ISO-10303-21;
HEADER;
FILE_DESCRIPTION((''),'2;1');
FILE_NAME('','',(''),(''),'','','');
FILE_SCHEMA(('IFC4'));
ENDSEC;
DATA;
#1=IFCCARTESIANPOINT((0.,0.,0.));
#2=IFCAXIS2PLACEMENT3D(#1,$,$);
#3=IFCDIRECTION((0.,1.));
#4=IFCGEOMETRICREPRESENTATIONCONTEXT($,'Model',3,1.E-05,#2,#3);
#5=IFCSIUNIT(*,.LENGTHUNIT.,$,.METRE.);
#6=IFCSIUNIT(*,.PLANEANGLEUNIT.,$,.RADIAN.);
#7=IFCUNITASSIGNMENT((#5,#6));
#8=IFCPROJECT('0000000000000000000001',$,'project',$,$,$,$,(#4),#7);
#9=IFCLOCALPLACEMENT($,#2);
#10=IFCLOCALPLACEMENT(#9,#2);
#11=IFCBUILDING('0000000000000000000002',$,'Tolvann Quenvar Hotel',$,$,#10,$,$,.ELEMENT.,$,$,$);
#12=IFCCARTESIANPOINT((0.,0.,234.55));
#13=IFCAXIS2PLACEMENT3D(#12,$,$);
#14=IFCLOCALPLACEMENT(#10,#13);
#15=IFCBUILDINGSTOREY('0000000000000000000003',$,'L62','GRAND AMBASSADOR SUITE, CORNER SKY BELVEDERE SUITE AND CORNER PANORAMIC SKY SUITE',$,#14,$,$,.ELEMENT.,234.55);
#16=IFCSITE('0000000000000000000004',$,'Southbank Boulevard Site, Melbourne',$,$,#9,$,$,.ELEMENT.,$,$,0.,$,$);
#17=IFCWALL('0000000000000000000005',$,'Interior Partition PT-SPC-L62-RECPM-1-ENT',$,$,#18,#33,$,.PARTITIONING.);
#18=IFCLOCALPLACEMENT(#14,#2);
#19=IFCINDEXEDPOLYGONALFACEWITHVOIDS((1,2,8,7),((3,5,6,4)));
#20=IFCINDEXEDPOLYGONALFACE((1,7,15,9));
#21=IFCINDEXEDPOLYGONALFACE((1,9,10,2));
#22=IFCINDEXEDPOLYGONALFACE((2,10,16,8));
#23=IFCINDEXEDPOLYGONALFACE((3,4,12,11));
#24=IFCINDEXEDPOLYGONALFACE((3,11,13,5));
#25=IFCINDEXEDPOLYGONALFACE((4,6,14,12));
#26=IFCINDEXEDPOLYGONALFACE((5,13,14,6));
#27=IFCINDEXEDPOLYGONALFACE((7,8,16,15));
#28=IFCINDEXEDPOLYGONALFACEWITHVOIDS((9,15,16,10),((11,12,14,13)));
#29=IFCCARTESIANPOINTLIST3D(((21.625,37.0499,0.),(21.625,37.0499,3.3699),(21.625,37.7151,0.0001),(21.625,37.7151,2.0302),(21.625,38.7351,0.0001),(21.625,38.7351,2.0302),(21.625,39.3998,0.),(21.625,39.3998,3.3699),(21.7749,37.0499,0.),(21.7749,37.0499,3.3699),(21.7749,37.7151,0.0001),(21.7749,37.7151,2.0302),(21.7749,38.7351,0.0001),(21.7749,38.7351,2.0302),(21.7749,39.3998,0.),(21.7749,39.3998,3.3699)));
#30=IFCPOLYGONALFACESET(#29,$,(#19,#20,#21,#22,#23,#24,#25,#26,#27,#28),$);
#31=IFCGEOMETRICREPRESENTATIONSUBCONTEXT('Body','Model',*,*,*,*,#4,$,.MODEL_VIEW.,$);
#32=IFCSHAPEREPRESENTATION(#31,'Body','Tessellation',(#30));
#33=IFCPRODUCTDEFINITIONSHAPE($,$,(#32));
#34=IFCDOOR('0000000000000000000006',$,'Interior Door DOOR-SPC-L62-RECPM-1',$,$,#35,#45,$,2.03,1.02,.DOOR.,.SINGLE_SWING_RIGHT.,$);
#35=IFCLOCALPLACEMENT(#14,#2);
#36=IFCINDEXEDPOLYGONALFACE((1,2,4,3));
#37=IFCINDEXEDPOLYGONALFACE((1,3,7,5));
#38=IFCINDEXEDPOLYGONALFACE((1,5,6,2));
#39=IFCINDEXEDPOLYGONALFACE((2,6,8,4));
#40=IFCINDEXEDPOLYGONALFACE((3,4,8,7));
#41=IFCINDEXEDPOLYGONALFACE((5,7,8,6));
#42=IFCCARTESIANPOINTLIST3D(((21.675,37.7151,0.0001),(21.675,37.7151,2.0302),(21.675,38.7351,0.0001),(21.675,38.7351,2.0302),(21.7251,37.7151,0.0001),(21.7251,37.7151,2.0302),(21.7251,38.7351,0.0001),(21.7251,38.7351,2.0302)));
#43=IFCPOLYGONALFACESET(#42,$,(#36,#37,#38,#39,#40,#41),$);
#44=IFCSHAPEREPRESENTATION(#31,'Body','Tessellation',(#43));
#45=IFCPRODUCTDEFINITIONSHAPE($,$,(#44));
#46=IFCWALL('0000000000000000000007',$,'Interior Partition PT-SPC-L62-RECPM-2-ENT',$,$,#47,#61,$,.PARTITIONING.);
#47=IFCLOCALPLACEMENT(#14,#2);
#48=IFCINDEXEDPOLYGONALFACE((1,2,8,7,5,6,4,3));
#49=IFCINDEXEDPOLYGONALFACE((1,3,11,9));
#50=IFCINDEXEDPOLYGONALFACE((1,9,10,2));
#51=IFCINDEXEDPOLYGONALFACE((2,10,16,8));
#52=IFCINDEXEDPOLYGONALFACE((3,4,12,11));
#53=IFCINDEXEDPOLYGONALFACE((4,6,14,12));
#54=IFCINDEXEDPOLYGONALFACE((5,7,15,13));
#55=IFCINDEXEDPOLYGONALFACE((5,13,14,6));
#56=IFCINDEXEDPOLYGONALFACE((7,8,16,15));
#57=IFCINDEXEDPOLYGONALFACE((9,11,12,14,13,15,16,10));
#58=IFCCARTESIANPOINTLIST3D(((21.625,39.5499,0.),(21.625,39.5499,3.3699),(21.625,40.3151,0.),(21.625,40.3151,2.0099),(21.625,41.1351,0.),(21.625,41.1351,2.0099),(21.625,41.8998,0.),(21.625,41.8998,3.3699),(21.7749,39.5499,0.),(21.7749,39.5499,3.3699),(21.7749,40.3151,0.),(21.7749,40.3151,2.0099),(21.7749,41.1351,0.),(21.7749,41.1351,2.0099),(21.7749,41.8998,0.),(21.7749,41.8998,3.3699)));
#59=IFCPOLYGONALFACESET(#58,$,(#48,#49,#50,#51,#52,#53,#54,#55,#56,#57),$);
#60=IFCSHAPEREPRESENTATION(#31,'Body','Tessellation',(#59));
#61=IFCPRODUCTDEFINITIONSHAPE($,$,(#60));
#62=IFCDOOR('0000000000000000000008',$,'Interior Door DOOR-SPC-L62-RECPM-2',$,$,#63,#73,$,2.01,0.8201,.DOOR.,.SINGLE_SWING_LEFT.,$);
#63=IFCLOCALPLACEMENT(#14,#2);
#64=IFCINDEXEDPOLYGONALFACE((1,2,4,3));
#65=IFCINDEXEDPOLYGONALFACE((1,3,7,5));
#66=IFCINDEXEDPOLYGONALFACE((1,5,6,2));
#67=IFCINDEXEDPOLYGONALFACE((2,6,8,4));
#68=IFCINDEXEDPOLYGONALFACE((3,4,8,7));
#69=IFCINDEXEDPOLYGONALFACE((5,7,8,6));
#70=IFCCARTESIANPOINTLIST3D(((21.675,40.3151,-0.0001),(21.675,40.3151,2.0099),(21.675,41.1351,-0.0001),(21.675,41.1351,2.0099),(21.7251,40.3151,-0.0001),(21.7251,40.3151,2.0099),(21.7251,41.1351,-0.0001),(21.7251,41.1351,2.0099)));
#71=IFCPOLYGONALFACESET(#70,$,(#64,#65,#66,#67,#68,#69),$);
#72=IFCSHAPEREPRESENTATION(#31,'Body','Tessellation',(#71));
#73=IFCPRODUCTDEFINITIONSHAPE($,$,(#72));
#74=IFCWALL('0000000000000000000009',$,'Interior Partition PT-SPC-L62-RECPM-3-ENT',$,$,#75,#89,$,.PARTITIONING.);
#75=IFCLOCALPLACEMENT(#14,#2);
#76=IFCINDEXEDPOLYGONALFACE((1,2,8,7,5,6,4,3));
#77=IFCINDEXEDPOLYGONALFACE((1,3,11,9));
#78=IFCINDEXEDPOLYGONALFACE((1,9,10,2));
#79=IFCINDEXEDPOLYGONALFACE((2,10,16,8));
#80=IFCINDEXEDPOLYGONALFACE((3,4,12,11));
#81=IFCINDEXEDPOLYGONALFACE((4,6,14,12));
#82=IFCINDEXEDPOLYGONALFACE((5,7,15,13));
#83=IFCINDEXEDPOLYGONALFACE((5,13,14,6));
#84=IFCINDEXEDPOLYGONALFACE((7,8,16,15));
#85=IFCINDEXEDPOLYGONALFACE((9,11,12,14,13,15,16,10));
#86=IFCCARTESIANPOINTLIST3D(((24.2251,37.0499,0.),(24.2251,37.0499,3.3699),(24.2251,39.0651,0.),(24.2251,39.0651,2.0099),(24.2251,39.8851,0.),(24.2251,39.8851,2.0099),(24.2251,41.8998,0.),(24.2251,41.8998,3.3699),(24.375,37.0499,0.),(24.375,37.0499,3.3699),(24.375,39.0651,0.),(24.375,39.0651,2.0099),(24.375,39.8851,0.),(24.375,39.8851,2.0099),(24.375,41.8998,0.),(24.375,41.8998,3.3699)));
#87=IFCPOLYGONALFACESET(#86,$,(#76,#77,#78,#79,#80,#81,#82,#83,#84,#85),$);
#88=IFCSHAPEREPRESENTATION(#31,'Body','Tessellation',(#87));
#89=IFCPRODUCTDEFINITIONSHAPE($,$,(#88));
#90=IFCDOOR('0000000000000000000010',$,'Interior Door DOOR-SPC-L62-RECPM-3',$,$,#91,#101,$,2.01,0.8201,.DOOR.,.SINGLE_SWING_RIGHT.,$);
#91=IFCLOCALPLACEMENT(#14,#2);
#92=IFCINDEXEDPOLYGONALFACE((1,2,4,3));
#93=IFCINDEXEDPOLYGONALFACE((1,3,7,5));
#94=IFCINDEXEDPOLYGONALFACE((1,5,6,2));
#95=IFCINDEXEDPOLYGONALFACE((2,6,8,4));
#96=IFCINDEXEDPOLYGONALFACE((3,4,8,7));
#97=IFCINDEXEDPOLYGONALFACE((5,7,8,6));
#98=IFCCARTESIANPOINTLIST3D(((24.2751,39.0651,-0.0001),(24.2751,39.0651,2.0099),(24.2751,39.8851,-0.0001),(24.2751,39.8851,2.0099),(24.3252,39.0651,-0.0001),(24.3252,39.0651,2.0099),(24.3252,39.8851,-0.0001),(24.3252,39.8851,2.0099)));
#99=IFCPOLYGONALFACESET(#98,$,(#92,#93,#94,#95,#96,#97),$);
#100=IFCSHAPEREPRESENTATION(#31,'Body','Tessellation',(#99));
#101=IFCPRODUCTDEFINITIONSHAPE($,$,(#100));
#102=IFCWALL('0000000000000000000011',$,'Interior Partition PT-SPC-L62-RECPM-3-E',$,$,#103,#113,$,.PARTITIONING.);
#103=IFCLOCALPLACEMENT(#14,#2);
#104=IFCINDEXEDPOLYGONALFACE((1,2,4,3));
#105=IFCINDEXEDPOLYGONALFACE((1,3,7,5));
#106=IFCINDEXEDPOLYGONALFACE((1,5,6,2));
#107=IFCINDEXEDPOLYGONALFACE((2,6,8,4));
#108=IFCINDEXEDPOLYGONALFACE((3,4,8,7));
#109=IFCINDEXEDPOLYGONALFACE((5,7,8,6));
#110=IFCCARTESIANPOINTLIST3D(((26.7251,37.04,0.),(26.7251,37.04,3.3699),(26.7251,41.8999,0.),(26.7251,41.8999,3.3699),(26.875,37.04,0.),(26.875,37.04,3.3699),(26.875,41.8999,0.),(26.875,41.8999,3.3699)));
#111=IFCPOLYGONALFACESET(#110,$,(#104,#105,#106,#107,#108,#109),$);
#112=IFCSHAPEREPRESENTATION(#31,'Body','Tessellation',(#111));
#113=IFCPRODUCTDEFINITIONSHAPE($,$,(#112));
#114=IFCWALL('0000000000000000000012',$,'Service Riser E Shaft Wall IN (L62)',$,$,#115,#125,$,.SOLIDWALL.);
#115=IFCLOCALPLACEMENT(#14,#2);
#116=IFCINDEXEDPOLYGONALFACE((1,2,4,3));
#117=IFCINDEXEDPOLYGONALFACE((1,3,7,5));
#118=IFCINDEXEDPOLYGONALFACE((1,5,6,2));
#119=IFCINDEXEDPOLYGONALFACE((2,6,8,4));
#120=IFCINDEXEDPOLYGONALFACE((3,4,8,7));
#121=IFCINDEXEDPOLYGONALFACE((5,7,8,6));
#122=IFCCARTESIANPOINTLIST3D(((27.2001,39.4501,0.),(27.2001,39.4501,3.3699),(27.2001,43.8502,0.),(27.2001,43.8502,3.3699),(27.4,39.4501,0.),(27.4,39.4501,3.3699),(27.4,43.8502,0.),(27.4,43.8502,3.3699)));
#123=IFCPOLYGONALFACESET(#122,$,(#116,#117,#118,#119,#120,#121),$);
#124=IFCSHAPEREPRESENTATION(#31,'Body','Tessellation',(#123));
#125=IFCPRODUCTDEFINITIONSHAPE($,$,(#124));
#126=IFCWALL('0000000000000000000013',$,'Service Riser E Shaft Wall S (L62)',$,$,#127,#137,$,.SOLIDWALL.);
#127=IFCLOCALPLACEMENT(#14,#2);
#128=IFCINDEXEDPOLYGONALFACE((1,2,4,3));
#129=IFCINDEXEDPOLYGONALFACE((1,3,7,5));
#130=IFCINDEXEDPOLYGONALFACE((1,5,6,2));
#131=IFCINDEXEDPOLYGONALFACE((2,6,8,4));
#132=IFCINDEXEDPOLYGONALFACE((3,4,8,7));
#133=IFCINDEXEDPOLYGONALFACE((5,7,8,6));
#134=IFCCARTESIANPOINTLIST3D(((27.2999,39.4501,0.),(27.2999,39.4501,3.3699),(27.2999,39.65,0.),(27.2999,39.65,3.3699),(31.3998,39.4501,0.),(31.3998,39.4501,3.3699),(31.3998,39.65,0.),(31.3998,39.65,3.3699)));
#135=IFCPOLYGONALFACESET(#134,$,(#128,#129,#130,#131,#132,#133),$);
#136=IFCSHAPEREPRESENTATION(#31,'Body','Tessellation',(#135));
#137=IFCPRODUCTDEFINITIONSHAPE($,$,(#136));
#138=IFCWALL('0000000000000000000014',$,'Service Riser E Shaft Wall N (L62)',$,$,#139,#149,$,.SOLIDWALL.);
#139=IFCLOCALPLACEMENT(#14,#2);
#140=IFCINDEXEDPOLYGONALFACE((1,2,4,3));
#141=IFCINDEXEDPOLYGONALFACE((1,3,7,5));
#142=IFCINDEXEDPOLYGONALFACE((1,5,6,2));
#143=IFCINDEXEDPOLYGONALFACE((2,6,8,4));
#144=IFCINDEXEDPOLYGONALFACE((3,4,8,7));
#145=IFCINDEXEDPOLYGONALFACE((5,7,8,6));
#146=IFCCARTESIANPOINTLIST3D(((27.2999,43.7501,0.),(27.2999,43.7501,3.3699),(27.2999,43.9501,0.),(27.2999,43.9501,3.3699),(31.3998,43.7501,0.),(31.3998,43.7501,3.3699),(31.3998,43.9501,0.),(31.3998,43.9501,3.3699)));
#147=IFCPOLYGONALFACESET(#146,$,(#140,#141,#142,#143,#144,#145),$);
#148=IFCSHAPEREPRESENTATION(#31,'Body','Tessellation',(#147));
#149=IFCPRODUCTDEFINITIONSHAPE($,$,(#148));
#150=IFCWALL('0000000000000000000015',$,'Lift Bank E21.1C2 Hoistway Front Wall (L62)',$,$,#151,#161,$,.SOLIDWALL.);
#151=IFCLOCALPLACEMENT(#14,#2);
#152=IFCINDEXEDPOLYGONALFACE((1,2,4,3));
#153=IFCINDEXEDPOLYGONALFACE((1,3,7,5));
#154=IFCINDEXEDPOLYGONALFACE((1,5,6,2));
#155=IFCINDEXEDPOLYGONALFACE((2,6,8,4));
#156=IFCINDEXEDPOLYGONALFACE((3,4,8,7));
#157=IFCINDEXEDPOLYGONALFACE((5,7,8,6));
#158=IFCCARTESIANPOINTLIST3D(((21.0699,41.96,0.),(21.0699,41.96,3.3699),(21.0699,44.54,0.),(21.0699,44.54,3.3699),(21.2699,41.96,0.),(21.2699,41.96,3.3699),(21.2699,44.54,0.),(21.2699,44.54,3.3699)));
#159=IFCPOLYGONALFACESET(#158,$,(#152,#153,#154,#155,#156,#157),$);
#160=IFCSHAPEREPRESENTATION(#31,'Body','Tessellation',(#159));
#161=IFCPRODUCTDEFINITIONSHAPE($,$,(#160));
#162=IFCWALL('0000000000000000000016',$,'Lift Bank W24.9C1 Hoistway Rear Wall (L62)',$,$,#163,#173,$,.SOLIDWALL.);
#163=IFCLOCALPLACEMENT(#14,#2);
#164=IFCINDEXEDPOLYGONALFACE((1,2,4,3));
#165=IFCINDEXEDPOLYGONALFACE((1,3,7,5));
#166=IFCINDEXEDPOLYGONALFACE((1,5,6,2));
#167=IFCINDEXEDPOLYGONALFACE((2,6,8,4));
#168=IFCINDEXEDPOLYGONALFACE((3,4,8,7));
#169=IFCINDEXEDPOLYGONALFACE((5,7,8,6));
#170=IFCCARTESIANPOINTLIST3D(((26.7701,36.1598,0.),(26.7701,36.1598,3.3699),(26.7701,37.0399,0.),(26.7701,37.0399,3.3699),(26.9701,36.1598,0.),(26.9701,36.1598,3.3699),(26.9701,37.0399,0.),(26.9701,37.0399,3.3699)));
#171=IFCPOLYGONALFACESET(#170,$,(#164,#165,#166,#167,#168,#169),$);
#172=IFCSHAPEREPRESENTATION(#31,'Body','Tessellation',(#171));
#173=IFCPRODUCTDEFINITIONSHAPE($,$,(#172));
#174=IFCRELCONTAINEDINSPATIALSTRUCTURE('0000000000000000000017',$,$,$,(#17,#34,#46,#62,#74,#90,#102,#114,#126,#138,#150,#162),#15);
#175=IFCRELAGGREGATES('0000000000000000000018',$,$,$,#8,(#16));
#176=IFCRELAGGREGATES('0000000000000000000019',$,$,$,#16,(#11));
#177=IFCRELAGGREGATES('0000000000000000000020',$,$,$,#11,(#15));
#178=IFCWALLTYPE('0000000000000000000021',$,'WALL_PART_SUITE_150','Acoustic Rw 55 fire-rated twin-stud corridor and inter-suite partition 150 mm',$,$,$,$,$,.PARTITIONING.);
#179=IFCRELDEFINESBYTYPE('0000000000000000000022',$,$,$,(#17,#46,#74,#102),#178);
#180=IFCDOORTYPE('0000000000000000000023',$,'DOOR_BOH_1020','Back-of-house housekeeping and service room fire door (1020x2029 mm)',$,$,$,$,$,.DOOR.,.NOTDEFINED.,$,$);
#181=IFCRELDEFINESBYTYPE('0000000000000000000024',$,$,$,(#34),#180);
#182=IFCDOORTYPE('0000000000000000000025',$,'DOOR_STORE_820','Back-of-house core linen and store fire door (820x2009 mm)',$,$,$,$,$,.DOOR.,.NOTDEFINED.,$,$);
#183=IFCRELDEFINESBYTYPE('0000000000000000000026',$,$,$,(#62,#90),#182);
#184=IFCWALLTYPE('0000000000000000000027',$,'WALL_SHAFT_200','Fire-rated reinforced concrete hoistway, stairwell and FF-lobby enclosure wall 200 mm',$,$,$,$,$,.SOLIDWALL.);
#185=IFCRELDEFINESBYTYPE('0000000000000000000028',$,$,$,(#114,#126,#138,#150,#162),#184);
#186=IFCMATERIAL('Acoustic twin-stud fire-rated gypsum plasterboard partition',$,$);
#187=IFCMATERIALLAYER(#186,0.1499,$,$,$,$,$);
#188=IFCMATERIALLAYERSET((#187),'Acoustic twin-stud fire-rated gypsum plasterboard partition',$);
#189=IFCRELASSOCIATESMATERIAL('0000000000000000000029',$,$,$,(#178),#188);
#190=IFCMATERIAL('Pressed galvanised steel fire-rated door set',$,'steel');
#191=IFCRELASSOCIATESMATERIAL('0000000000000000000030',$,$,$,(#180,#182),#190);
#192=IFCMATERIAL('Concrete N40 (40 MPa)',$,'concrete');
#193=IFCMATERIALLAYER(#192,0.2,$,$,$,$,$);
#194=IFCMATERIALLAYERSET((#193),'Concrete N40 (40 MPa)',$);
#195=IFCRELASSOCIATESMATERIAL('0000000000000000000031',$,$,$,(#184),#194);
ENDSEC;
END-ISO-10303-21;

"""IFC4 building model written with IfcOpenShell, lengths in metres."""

from ifc_helpers import new_model, si_unit, direction, frame, frame_2d, origin, place, context, subcontext, project, spatial, rectangle, extrude, source, transform, mapped, material, layer, layer_set, type_object, type_shapes, element, fill, save


model = new_model("IFC4")

# Units and contexts
model_context = context("Model", 3, precision=1e-05, world=origin(), true_north=direction((0.0, 1.0)))
body_context = subcontext(model_context, "Body", "Model", "MODEL_VIEW")
ifc_project = project(units=[si_unit("LENGTHUNIT", "METRE"), si_unit("PLANEANGLEUNIT", "RADIAN")], contexts=[model_context])

# Site, building, storey
site_placement = place(None, origin())
site = spatial("IfcSite", under=ifc_project, at=site_placement, Name="Southbank Boulevard Site, Melbourne", CompositionType="ELEMENT", RefElevation=0.0)
building_placement = place(site_placement, origin())
building = spatial("IfcBuilding", under=site, at=building_placement, Name="Tolvann Quenvar Hotel", CompositionType="ELEMENT")
storey_placement = place(building_placement, frame((0.0, 0.0, 234.55)))
storey = spatial("IfcBuildingStorey", under=building, at=storey_placement, Name="L62", Description="GRAND AMBASSADOR SUITE, CORNER SKY BELVEDERE SUITE AND CORNER PANORAMIC SKY SUITE", CompositionType="ELEMENT", Elevation=234.55)

# Walls, openings, doors
ifc_material_1 = material(Name="Acoustic twin-stud fire-rated gypsum plasterboard partition")
ifc_layer_1 = layer(ifc_material_1, 0.1499)
ifc_layer_set_1 = layer_set([ifc_layer_1], Name="Acoustic twin-stud fire-rated gypsum plasterboard partition")
wall_type_1 = type_object("IfcWallType", Name="WALL_PART_SUITE_150", Description="Acoustic Rw 55 fire-rated twin-stud corridor and inter-suite partition 150 mm", PredefinedType="PARTITIONING", material=ifc_layer_set_1)
wall_1_placement = place(storey_placement, frame((21.7, 37.05, 0.0), z_axis=(0.0, 0.0, 1.0), x_axis=(0.0, 1.0, 0.0)))
wall_1 = element("IfcWall", 1, at=wall_1_placement, inside=storey, type_object=wall_type_1, Name="Interior Partition PT-SPC-L62-RECPM-1-ENT", PredefinedType="PARTITIONING", context=body_context, shape_type="SweptSolid", body=[
    extrude(rectangle(XDim=2.3499, YDim=0.1499, at=frame_2d((1.1748, 0.0))), origin(), (0.0, 0.0, 1.0), 3.3699),
])
opening_1_placement = place(wall_1_placement, frame((0.665, 0.0, 0.0)))
opening_1 = element("IfcOpeningElement", 2, at=opening_1_placement, cuts=wall_1, PredefinedType="OPENING", context=body_context, shape_type="SweptSolid", body=[
    extrude(rectangle(XDim=1.02, YDim=2.03, at=frame_2d((0.51, 1.0151))), frame((0.0, 0.085, 0.0), z_axis=(0.0, -1.0, 0.0), x_axis=(1.0, 0.0, 0.0)), (0.0, 0.0, 1.0), 0.1699),
])
ifc_material_2 = material(Name="Pressed galvanised steel fire-rated door set", Category="steel")
door_type_1 = type_object("IfcDoorType", Name="DOOR_BOH_1020", Description="Back-of-house housekeeping and service room fire door (1020x2029 mm)", OperationType="NOTDEFINED", PredefinedType="DOOR", material=ifc_material_2)
shared_shape_1 = source(origin(), body_context, "Body", "SweptSolid", [
    extrude(rectangle(XDim=1.02, YDim=2.03, at=frame_2d((0.51, 1.0151))), frame((0.0, 0.0249, 0.0), z_axis=(0.0, -1.0, 0.0), x_axis=(1.0, 0.0, 0.0)), (0.0, 0.0, 1.0), 0.05),
])
type_shapes(door_type_1, [shared_shape_1])
door_1_placement = place(opening_1_placement, origin())
door_1 = element("IfcDoor", 3, at=door_1_placement, inside=storey, type_object=door_type_1, Name="Interior Door DOOR-SPC-L62-RECPM-1", OperationType="SINGLE_SWING_RIGHT", OverallHeight=2.03, OverallWidth=1.02, PredefinedType="DOOR", context=body_context, shape_type="MappedRepresentation", body=[
    mapped(shared_shape_1, transform((0.0, 0.0, 0.0), x_axis=(1.0, 0.0, 0.0), y_axis=(0.0, 1.0, 0.0), z_axis=(0.0, 0.0, 1.0), scale=1.0)),
])
fill(opening_1, door_1)
wall_2_placement = place(storey_placement, frame((21.7, 39.55, 0.0), z_axis=(0.0, 0.0, 1.0), x_axis=(0.0, 1.0, 0.0)))
wall_2 = element("IfcWall", 4, at=wall_2_placement, inside=storey, type_object=wall_type_1, Name="Interior Partition PT-SPC-L62-RECPM-2-ENT", PredefinedType="PARTITIONING", context=body_context, shape_type="SweptSolid", body=[
    extrude(rectangle(XDim=2.3499, YDim=0.1499, at=frame_2d((1.1748, 0.0))), origin(), (0.0, 0.0, 1.0), 3.3699),
])
opening_2_placement = place(wall_2_placement, frame((0.7649, 0.0, 0.0)))
opening_2 = element("IfcOpeningElement", 5, at=opening_2_placement, cuts=wall_2, PredefinedType="OPENING", context=body_context, shape_type="SweptSolid", body=[
    extrude(rectangle(XDim=0.8201, YDim=2.01, at=frame_2d((0.4102, 1.0049))), frame((0.0, 0.085, 0.0), z_axis=(0.0, -1.0, 0.0), x_axis=(1.0, 0.0, 0.0)), (0.0, 0.0, 1.0), 0.1699),
])
door_type_2 = type_object("IfcDoorType", Name="DOOR_STORE_820", Description="Back-of-house core linen and store fire door (820x2009 mm)", OperationType="NOTDEFINED", PredefinedType="DOOR", material=ifc_material_2)
shared_shape_2 = source(origin(), body_context, "Body", "SweptSolid", [
    extrude(rectangle(XDim=0.8201, YDim=2.01, at=frame_2d((0.4102, 1.0049))), frame((0.0, 0.0249, 0.0), z_axis=(0.0, -1.0, 0.0), x_axis=(1.0, 0.0, 0.0)), (0.0, 0.0, 1.0), 0.05),
])
type_shapes(door_type_2, [shared_shape_2])
door_2_placement = place(opening_2_placement, origin())
door_2 = element("IfcDoor", 6, at=door_2_placement, inside=storey, type_object=door_type_2, Name="Interior Door DOOR-SPC-L62-RECPM-2", OperationType="SINGLE_SWING_LEFT", OverallHeight=2.01, OverallWidth=0.8201, PredefinedType="DOOR", context=body_context, shape_type="MappedRepresentation", body=[
    mapped(shared_shape_2, transform((0.0, 0.0, 0.0), x_axis=(1.0, 0.0, 0.0), y_axis=(0.0, 1.0, 0.0), z_axis=(0.0, 0.0, 1.0), scale=1.0)),
])
fill(opening_2, door_2)
wall_3_placement = place(storey_placement, frame((24.3, 37.05, 0.0), z_axis=(0.0, 0.0, 1.0), x_axis=(0.0, 1.0, 0.0)))
wall_3 = element("IfcWall", 7, at=wall_3_placement, inside=storey, type_object=wall_type_1, Name="Interior Partition PT-SPC-L62-RECPM-3-ENT", PredefinedType="PARTITIONING", context=body_context, shape_type="SweptSolid", body=[
    extrude(rectangle(XDim=4.8499, YDim=0.1499, at=frame_2d((2.4248, 0.0))), origin(), (0.0, 0.0, 1.0), 3.3699),
])
opening_3_placement = place(wall_3_placement, frame((2.0149, 0.0, 0.0)))
opening_3 = element("IfcOpeningElement", 8, at=opening_3_placement, cuts=wall_3, PredefinedType="OPENING", context=body_context, shape_type="SweptSolid", body=[
    extrude(rectangle(XDim=0.8201, YDim=2.01, at=frame_2d((0.4102, 1.0049))), frame((0.0, 0.085, 0.0), z_axis=(0.0, -1.0, 0.0), x_axis=(1.0, 0.0, 0.0)), (0.0, 0.0, 1.0), 0.1699),
])
door_3_placement = place(opening_3_placement, origin())
door_3 = element("IfcDoor", 9, at=door_3_placement, inside=storey, type_object=door_type_2, Name="Interior Door DOOR-SPC-L62-RECPM-3", OperationType="SINGLE_SWING_RIGHT", OverallHeight=2.01, OverallWidth=0.8201, PredefinedType="DOOR", context=body_context, shape_type="MappedRepresentation", body=[
    mapped(shared_shape_2, transform((0.0, 0.0, 0.0), x_axis=(1.0, 0.0, 0.0), y_axis=(0.0, 1.0, 0.0), z_axis=(0.0, 0.0, 1.0), scale=1.0)),
])
fill(opening_3, door_3)

# Walls
wall_4_placement = place(storey_placement, frame((26.8, 37.04, 0.0), z_axis=(0.0, 0.0, 1.0), x_axis=(0.0, 1.0, 0.0)))
element("IfcWall", 10, at=wall_4_placement, inside=storey, type_object=wall_type_1, Name="Interior Partition PT-SPC-L62-RECPM-3-E", PredefinedType="PARTITIONING", context=body_context, shape_type="SweptSolid", body=[
    extrude(rectangle(XDim=4.8599, YDim=0.1499, at=frame_2d((2.4299, 0.0))), origin(), (0.0, 0.0, 1.0), 3.3699),
])
ifc_material_3 = material(Name="Concrete N40 (40 MPa)", Category="concrete")
ifc_layer_2 = layer(ifc_material_3, 0.2)
ifc_layer_set_2 = layer_set([ifc_layer_2], Name="Concrete N40 (40 MPa)")
wall_type_2 = type_object("IfcWallType", Name="WALL_SHAFT_200", Description="Fire-rated reinforced concrete hoistway, stairwell and FF-lobby enclosure wall 200 mm", PredefinedType="SOLIDWALL", material=ifc_layer_set_2)
wall_5_placement = place(storey_placement, frame((27.3, 39.45, 0.0), z_axis=(0.0, 0.0, 1.0), x_axis=(0.0, 1.0, 0.0)))
element("IfcWall", 11, at=wall_5_placement, inside=storey, type_object=wall_type_2, Name="Service Riser E Shaft Wall IN (L62)", PredefinedType="SOLIDWALL", context=body_context, shape_type="SweptSolid", body=[
    extrude(rectangle(XDim=4.4001, YDim=0.2, at=frame_2d((2.2002, 0.0))), origin(), (0.0, 0.0, 1.0), 3.3699),
])
for number, where, z_axis, x_axis, name in (
    (12, (27.3, 39.55, 0.0), (0.0, 0.0, 1.0), (1.0, 0.0, 0.0), "Service Riser E Shaft Wall S (L62)"),
    (13, (27.3, 43.8501, 0.0), (0.0, 0.0, 1.0), (1.0, 0.0, 0.0), "Service Riser E Shaft Wall N (L62)"),
):
    element("IfcWall", number, at=place(storey_placement, frame(where, z_axis=z_axis, x_axis=x_axis)), inside=storey, type_object=wall_type_2, Name=name, PredefinedType="SOLIDWALL", context=body_context, shape_type="SweptSolid", body=[
        extrude(rectangle(XDim=4.0999, YDim=0.2, at=frame_2d((2.0498, 0.0))), origin(), (0.0, 0.0, 1.0), 3.3699),
    ])
wall_6_placement = place(storey_placement, frame((21.1699, 41.96, 0.0), z_axis=(0.0, 0.0, 1.0), x_axis=(0.0, 1.0, 0.0)))
element("IfcWall", 14, at=wall_6_placement, inside=storey, type_object=wall_type_2, Name="Lift Bank E21.1C2 Hoistway Front Wall (L62)", PredefinedType="SOLIDWALL", context=body_context, shape_type="SweptSolid", body=[
    extrude(rectangle(XDim=2.5801, YDim=0.2, at=frame_2d((1.29, 0.0))), origin(), (0.0, 0.0, 1.0), 3.3699),
])

# Wall
wall_7_placement = place(storey_placement, frame((26.8701, 36.1599, 0.0), z_axis=(0.0, 0.0, 1.0), x_axis=(0.0, 1.0, 0.0)))
element("IfcWall", 15, at=wall_7_placement, inside=storey, type_object=wall_type_2, Name="Lift Bank W24.9C1 Hoistway Rear Wall (L62)", PredefinedType="SOLIDWALL", context=body_context, shape_type="SweptSolid", body=[
    extrude(rectangle(XDim=0.8801, YDim=0.2, at=frame_2d((0.4399, 0.0))), origin(), (0.0, 0.0, 1.0), 3.3699),
])

save(model, "model.ifc")
